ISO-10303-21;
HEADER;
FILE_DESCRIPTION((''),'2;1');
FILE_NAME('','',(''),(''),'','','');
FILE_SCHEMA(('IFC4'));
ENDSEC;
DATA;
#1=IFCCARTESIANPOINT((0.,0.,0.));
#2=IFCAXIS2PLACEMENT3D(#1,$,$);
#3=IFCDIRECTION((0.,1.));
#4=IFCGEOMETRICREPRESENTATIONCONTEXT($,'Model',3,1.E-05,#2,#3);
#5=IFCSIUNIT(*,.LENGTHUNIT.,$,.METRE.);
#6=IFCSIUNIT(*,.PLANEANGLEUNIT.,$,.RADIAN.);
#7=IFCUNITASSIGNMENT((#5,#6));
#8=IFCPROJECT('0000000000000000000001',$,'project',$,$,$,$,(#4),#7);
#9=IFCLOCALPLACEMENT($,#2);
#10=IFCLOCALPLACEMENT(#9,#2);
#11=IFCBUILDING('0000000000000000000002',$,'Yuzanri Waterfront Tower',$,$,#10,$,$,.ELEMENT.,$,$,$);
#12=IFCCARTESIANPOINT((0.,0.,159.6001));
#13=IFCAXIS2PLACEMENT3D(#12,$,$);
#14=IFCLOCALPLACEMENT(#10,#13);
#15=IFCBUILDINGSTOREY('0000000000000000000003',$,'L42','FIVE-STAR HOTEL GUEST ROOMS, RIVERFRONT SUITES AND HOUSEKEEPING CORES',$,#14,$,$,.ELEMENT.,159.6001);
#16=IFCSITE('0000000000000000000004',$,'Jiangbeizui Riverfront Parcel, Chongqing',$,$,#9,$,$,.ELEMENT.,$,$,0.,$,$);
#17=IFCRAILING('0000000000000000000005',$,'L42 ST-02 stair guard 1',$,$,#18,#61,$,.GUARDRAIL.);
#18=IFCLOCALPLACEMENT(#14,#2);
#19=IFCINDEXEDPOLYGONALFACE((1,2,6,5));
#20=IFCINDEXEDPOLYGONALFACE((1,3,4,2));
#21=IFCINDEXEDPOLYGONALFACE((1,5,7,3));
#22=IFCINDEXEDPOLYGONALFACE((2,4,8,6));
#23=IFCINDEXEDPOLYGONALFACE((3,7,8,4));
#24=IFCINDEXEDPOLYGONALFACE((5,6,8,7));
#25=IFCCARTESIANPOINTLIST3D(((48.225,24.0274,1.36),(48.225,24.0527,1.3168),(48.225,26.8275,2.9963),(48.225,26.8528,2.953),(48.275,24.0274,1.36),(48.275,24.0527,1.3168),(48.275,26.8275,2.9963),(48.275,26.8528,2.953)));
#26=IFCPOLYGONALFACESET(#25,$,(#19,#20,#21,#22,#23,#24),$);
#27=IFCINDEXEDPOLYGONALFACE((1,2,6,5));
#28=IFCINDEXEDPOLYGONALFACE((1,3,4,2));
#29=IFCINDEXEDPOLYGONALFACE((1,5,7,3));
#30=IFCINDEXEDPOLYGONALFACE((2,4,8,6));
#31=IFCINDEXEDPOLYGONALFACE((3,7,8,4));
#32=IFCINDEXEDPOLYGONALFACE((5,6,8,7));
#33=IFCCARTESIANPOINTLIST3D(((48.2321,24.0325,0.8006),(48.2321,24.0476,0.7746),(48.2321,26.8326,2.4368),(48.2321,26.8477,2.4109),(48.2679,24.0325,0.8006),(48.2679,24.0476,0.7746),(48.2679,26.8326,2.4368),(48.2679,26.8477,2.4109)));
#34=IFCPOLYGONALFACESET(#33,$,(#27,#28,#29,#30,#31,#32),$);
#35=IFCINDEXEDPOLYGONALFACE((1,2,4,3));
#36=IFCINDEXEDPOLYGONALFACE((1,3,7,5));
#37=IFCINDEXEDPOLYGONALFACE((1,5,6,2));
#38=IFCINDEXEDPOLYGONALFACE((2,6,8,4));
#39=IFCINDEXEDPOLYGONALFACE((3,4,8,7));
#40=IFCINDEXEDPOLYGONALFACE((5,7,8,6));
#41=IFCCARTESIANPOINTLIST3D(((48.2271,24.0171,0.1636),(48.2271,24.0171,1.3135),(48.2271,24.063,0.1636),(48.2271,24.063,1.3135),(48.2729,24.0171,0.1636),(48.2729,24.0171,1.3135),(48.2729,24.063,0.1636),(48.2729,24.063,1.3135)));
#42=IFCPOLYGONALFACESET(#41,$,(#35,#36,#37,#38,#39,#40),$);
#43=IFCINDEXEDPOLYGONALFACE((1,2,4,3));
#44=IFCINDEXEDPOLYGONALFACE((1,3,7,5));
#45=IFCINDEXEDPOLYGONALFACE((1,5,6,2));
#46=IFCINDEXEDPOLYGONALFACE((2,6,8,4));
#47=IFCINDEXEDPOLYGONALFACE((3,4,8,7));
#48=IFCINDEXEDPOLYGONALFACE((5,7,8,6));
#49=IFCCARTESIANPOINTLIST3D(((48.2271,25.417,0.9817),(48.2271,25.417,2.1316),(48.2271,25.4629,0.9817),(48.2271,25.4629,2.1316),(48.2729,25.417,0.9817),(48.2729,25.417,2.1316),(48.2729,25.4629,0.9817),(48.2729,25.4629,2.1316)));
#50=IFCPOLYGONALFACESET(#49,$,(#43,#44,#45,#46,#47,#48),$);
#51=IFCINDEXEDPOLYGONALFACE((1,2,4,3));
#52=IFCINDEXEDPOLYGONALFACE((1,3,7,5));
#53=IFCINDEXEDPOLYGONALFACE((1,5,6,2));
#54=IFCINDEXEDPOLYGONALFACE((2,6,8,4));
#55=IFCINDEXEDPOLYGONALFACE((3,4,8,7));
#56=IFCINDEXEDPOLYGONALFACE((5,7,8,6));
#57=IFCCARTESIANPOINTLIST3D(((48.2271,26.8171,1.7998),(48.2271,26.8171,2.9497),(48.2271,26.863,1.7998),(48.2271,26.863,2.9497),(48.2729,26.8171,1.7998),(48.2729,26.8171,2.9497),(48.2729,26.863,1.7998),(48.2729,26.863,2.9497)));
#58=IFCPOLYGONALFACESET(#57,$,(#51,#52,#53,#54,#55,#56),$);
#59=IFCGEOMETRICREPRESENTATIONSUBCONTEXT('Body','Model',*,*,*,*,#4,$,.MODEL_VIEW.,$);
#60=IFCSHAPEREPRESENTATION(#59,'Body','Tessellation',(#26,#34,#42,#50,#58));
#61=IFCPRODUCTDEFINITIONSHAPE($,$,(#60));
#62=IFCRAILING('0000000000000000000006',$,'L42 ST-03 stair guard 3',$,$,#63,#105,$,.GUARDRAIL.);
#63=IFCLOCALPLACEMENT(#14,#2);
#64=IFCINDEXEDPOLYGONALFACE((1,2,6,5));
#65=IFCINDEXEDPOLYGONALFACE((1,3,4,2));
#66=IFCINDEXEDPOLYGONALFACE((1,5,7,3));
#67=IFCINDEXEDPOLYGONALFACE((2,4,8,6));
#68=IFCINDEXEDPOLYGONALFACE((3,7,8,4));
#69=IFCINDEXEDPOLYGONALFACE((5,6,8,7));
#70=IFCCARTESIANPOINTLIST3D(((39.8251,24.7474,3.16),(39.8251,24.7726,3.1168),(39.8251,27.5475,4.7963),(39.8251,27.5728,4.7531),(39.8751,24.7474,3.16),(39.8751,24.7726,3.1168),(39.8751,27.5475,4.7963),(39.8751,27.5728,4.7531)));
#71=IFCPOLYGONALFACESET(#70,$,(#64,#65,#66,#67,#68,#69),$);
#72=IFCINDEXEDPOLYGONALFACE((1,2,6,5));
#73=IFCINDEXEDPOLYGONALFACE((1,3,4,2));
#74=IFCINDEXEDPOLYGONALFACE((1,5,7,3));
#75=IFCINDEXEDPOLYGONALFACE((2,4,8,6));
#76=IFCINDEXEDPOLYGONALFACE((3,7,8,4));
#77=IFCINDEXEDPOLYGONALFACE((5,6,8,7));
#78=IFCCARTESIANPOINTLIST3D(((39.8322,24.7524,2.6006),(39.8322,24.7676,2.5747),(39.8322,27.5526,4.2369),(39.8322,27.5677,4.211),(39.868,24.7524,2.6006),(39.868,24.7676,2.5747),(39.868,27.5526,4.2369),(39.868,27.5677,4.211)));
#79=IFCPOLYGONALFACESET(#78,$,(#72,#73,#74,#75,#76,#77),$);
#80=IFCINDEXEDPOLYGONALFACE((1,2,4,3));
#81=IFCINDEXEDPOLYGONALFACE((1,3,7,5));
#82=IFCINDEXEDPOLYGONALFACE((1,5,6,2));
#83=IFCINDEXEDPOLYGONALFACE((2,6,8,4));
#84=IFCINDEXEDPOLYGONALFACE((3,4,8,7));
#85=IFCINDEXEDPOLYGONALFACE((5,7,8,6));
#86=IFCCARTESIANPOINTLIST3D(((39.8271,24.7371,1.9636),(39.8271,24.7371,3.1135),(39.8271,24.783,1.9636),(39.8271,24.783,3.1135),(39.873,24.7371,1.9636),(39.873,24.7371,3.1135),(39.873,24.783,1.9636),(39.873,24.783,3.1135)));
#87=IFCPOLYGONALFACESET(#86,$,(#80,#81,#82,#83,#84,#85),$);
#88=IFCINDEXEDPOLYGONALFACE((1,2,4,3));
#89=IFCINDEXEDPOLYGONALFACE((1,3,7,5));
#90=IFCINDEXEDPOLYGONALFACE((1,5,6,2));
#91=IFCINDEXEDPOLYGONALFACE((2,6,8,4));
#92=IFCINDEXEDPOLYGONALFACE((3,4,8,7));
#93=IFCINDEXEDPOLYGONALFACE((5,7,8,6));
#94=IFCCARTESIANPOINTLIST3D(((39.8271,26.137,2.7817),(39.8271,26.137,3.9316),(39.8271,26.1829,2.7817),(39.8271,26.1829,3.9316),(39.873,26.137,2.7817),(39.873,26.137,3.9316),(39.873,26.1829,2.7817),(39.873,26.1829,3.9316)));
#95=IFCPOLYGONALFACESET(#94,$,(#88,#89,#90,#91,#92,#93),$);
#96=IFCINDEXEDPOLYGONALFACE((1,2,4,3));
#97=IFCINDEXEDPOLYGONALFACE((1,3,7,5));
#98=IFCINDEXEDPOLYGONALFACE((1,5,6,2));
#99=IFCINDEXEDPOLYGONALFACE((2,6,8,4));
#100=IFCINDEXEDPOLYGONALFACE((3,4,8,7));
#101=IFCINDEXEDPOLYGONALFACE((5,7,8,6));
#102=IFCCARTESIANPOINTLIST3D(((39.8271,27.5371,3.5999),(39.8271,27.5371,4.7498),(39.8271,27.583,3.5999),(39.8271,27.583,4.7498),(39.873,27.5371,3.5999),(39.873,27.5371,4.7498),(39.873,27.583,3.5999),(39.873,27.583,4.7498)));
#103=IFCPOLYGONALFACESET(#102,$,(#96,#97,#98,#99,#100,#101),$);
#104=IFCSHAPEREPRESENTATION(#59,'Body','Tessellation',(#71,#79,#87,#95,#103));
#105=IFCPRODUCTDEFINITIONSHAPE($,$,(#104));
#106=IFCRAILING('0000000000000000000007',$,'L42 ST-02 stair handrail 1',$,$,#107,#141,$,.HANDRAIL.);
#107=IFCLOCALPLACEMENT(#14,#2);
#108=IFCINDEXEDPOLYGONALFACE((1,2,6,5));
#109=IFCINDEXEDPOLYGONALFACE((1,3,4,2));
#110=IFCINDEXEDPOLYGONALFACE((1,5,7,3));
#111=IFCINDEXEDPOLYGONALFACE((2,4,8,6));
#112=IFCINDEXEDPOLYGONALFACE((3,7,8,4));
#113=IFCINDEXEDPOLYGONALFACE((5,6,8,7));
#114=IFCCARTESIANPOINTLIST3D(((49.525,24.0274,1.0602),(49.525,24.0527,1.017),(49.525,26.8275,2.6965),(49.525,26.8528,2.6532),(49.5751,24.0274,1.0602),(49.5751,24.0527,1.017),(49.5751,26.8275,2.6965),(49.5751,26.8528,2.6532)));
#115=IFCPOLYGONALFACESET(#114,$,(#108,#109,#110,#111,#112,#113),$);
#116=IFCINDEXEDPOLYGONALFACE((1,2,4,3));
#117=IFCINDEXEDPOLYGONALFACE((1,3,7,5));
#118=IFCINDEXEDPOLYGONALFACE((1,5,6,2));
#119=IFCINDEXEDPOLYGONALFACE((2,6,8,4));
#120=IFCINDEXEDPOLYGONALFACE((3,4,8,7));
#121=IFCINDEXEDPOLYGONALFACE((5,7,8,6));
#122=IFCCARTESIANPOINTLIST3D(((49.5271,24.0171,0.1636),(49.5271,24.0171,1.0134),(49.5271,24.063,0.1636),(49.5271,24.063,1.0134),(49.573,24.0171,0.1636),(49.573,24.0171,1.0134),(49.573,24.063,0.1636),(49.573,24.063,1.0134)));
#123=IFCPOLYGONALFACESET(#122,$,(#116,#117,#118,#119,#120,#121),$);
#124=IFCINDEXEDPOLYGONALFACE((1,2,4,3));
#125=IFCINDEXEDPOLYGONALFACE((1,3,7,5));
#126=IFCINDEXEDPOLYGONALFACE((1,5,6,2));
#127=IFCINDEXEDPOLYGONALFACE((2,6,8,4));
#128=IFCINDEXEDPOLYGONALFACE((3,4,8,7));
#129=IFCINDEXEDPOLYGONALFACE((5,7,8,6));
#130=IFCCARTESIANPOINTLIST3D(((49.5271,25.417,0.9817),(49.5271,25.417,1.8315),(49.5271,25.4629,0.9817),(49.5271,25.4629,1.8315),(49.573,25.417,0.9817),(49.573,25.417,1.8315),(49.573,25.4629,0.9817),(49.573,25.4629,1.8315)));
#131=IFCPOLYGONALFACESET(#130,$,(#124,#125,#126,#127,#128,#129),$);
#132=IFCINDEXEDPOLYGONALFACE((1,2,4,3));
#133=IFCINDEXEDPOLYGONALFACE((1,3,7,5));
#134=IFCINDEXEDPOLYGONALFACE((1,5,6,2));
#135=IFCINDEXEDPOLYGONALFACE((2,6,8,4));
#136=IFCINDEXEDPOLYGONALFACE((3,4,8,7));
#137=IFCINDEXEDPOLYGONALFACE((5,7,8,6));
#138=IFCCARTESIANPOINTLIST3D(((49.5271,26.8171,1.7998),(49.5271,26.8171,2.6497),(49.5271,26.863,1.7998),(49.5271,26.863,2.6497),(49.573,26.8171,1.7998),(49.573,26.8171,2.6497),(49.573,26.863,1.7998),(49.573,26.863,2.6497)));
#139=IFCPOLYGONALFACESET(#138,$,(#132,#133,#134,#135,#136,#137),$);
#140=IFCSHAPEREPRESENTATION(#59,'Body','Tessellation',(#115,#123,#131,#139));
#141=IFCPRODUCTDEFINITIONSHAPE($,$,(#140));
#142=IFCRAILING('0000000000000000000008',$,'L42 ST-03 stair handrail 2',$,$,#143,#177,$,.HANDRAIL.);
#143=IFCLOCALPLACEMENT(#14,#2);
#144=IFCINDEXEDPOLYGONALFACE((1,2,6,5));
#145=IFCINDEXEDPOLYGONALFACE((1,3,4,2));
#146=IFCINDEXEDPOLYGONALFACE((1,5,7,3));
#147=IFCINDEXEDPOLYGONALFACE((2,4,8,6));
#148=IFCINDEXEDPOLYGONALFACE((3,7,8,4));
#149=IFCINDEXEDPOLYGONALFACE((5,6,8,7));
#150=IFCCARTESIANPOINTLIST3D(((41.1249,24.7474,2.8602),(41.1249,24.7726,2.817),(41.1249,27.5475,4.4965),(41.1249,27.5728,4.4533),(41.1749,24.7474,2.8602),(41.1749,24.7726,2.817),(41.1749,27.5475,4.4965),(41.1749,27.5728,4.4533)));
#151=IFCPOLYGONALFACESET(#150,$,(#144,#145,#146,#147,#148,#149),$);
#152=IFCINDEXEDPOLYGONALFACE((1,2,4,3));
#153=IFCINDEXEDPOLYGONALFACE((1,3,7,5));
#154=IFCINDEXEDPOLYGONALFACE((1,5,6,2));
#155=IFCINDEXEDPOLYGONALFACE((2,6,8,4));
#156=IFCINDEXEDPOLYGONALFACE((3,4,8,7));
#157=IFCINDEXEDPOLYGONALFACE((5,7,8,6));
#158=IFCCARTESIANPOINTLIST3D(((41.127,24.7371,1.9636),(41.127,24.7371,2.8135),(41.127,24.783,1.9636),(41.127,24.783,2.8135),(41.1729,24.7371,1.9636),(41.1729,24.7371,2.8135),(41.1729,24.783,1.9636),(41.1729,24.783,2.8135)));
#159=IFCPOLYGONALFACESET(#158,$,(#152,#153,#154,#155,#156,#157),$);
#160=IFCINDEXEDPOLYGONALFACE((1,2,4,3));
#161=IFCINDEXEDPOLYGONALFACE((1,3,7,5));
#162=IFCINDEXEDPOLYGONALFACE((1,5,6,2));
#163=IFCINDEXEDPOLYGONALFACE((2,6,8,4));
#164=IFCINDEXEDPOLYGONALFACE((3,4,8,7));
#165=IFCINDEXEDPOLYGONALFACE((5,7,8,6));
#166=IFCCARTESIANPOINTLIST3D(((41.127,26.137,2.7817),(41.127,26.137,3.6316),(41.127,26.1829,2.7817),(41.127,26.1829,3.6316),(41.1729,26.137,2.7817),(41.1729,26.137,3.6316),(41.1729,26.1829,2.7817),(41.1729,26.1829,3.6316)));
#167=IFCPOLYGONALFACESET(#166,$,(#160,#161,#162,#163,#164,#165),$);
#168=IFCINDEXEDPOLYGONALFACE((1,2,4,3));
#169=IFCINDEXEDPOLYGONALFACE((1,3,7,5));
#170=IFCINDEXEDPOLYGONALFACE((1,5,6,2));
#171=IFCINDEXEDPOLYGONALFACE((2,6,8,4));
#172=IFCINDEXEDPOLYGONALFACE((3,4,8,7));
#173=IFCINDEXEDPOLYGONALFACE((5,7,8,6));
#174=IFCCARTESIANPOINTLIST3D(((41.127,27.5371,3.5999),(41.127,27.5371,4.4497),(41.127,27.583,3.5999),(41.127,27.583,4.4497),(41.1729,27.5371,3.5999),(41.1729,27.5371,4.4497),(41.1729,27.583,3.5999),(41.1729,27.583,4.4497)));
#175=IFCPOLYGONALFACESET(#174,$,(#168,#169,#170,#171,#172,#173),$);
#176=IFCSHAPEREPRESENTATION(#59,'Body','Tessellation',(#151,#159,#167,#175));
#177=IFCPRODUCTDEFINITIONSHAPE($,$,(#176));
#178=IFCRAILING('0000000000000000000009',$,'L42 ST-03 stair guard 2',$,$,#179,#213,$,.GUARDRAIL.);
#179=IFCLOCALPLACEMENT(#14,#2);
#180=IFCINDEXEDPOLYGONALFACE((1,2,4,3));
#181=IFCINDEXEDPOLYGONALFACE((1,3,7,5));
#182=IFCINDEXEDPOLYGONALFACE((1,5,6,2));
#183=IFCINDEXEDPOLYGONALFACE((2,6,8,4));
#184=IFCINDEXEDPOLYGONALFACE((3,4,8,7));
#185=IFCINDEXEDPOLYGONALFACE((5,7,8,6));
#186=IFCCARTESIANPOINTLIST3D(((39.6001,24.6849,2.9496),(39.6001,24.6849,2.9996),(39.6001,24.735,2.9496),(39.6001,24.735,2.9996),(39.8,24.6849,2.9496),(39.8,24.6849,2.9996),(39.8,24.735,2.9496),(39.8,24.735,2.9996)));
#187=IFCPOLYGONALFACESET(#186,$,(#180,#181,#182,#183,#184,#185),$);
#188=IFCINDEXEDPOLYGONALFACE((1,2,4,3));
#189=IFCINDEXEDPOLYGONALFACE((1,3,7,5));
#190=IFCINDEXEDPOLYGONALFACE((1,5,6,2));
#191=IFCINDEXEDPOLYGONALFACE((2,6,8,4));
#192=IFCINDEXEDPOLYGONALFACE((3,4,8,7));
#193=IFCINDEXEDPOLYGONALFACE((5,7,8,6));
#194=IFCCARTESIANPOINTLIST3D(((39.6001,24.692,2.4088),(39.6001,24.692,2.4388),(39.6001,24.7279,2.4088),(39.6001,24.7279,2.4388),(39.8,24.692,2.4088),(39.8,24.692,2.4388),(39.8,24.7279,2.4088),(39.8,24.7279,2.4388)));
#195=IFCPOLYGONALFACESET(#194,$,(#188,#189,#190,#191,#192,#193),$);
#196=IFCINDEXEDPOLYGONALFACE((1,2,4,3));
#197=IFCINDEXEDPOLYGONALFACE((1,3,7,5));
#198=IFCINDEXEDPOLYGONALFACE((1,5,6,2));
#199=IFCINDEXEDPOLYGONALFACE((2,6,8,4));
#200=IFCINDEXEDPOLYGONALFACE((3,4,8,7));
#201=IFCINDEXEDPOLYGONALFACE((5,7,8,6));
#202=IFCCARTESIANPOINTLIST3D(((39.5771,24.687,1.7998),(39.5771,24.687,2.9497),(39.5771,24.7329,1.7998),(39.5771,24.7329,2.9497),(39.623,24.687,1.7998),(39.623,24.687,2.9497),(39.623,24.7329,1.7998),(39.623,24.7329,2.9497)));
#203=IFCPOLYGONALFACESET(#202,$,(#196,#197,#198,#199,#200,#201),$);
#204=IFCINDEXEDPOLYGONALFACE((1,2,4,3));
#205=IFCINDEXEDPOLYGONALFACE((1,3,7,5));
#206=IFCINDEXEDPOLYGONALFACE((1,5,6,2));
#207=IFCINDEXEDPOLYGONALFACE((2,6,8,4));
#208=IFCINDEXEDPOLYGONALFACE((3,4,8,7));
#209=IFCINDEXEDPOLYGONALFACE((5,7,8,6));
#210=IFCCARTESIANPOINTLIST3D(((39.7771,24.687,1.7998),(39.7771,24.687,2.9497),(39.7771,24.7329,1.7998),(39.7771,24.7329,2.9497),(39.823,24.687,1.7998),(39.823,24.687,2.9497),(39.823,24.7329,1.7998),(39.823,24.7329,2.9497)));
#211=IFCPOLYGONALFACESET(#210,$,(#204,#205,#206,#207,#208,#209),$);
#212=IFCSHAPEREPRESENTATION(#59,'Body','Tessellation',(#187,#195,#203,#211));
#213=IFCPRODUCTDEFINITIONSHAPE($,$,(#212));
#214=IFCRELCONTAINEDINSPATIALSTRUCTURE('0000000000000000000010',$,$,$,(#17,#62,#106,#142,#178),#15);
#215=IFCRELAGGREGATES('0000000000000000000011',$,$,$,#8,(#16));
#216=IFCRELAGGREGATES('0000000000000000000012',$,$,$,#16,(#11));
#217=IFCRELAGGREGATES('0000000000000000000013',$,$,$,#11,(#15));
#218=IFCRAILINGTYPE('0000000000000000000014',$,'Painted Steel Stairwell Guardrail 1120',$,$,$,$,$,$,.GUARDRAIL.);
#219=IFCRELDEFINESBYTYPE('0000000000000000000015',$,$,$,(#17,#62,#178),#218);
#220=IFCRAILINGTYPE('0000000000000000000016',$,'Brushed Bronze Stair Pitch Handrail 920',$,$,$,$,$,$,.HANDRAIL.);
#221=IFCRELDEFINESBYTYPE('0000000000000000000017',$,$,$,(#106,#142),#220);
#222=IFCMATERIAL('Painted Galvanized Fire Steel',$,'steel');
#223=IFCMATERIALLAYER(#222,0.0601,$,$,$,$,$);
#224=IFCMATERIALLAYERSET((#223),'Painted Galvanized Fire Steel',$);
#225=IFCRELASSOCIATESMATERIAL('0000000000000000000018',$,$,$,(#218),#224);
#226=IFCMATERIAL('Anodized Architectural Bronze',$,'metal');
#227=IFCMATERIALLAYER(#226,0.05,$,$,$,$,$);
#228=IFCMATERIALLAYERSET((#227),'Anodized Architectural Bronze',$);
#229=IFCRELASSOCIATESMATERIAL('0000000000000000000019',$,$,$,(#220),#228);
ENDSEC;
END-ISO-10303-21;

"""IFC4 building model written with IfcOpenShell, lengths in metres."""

from ifc_helpers import new_model, si_unit, direction, frame, origin, origin_2d, place, context, subcontext, project, spatial, rectangle, extrude, source, transform, mapped, material, layer, layer_set, type_object, element, save


model = new_model("IFC4")

# Units and contexts
model_context = context("Model", 3, precision=1e-05, world=origin(), true_north=direction((0.0, 1.0)))
body_context = subcontext(model_context, "Body", "Model", "MODEL_VIEW")
ifc_project = project(units=[si_unit("LENGTHUNIT", "METRE"), si_unit("PLANEANGLEUNIT", "RADIAN")], contexts=[model_context])

# Site, building, storey
site_placement = place(None, origin())
site = spatial("IfcSite", under=ifc_project, at=site_placement, Name="Jiangbeizui Riverfront Parcel, Chongqing", CompositionType="ELEMENT", RefElevation=0.0)
building_placement = place(site_placement, origin())
building = spatial("IfcBuilding", under=site, at=building_placement, Name="Yuzanri Waterfront Tower", CompositionType="ELEMENT")
storey_placement = place(building_placement, frame((0.0, 0.0, 159.6001)))
storey = spatial("IfcBuildingStorey", under=building, at=storey_placement, Name="L42", Description="FIVE-STAR HOTEL GUEST ROOMS, RIVERFRONT SUITES AND HOUSEKEEPING CORES", CompositionType="ELEMENT", Elevation=159.6001)

# Railings
ifc_material_1 = material(Name="Painted Galvanized Fire Steel", Category="steel")
ifc_layer_1 = layer(ifc_material_1, 0.0601)
ifc_layer_set_1 = layer_set([ifc_layer_1], Name="Painted Galvanized Fire Steel")
railing_type_1 = type_object("IfcRailingType", Name="Painted Steel Stairwell Guardrail 1120", PredefinedType="GUARDRAIL", material=ifc_layer_set_1)
shared_shape_1 = source(origin(), body_context, "Body", "SweptSolid", [
    extrude(rectangle(XDim=0.05, YDim=0.05, at=origin_2d()), frame((0.0, 0.0, 1.1748), z_axis=(0.0, 0.863394, 0.504531), x_axis=(-1.0, 0.0, 0.0)), (0.0, 0.0, 1.0), 3.2432),
    extrude(rectangle(XDim=0.0359, YDim=0.03, at=origin_2d()), frame((0.0, 0.0, 0.624), z_axis=(0.0, 0.863394, 0.504531), x_axis=(-1.0, 0.0, 0.0)), (0.0, 0.0, 1.0), 3.2432),
    extrude(rectangle(XDim=0.0459, YDim=0.0459, at=origin_2d()), origin(), (0.0, 0.0, 1.0), 1.1499),
    extrude(rectangle(XDim=0.0459, YDim=0.0459, at=origin_2d()), frame((0.0, 1.3999, 0.8181)), (0.0, 0.0, 1.0), 1.1499),
    extrude(rectangle(XDim=0.0459, YDim=0.0459, at=origin_2d()), frame((0.0, 2.8, 1.6362)), (0.0, 0.0, 1.0), 1.1499),
])
for number, where, name in (
    (1, (48.25, 24.04, 0.1636), "L42 ST-02 stair guard 1"),
    (2, (39.8501, 24.76, 1.9636), "L42 ST-03 stair guard 3"),
):
    element("IfcRailing", number, at=place(storey_placement, frame(where)), inside=storey, type_object=railing_type_1, Name=name, PredefinedType="GUARDRAIL", context=body_context, shape_type="MappedRepresentation", body=[
        mapped(shared_shape_1, transform((0.0, 0.0, 0.0), scale=1.0)),
    ])
ifc_material_2 = material(Name="Anodized Architectural Bronze", Category="metal")
ifc_layer_2 = layer(ifc_material_2, 0.05)
ifc_layer_set_2 = layer_set([ifc_layer_2], Name="Anodized Architectural Bronze")
railing_type_2 = type_object("IfcRailingType", Name="Brushed Bronze Stair Pitch Handrail 920", PredefinedType="HANDRAIL", material=ifc_layer_set_2)
shared_shape_2 = source(origin(), body_context, "Body", "SweptSolid", [
    extrude(rectangle(XDim=0.05, YDim=0.05, at=origin_2d()), frame((0.0, 0.0, 0.875), z_axis=(0.0, 0.863394, 0.504531), x_axis=(-1.0, 0.0, 0.0)), (0.0, 0.0, 1.0), 3.2432),
    extrude(rectangle(XDim=0.0459, YDim=0.0459, at=origin_2d()), origin(), (0.0, 0.0, 1.0), 0.8499),
    extrude(rectangle(XDim=0.0459, YDim=0.0459, at=origin_2d()), frame((0.0, 1.3999, 0.8181)), (0.0, 0.0, 1.0), 0.8499),
    extrude(rectangle(XDim=0.0459, YDim=0.0459, at=origin_2d()), frame((0.0, 2.8, 1.6362)), (0.0, 0.0, 1.0), 0.8499),
])
for number, where, name in (
    (3, (49.55, 24.04, 0.1636), "L42 ST-02 stair handrail 1"),
    (4, (41.1499, 24.76, 1.9636), "L42 ST-03 stair handrail 2"),
):
    element("IfcRailing", number, at=place(storey_placement, frame(where)), inside=storey, type_object=railing_type_2, Name=name, PredefinedType="HANDRAIL", context=body_context, shape_type="MappedRepresentation", body=[
        mapped(shared_shape_2, transform((0.0, 0.0, 0.0), scale=1.0)),
    ])
shared_shape_3 = source(origin(), body_context, "Body", "SweptSolid", [
    extrude(rectangle(XDim=0.05, YDim=0.05, at=origin_2d()), frame((0.0, 0.0, 1.1748), z_axis=(1.0, 0.0, 0.0), x_axis=(0.0, 1.0, 0.0)), (0.0, 0.0, 1.0), 0.2),
    extrude(rectangle(XDim=0.0359, YDim=0.03, at=origin_2d()), frame((0.0, 0.0, 0.624), z_axis=(1.0, 0.0, 0.0), x_axis=(0.0, 1.0, 0.0)), (0.0, 0.0, 1.0), 0.2),
    extrude(rectangle(XDim=0.0459, YDim=0.0459, at=origin_2d()), origin(), (0.0, 0.0, 1.0), 1.1499),
    extrude(rectangle(XDim=0.0459, YDim=0.0459, at=origin_2d()), frame((0.2, 0.0, 0.0)), (0.0, 0.0, 1.0), 1.1499),
])
railing_1_placement = place(storey_placement, frame((39.6001, 24.71, 1.7998)))
element("IfcRailing", 5, at=railing_1_placement, inside=storey, type_object=railing_type_1, Name="L42 ST-03 stair guard 2", PredefinedType="GUARDRAIL", context=body_context, shape_type="MappedRepresentation", body=[
    mapped(shared_shape_3, transform((0.0, 0.0, 0.0), scale=1.0)),
])

save(model, "model.ifc")
